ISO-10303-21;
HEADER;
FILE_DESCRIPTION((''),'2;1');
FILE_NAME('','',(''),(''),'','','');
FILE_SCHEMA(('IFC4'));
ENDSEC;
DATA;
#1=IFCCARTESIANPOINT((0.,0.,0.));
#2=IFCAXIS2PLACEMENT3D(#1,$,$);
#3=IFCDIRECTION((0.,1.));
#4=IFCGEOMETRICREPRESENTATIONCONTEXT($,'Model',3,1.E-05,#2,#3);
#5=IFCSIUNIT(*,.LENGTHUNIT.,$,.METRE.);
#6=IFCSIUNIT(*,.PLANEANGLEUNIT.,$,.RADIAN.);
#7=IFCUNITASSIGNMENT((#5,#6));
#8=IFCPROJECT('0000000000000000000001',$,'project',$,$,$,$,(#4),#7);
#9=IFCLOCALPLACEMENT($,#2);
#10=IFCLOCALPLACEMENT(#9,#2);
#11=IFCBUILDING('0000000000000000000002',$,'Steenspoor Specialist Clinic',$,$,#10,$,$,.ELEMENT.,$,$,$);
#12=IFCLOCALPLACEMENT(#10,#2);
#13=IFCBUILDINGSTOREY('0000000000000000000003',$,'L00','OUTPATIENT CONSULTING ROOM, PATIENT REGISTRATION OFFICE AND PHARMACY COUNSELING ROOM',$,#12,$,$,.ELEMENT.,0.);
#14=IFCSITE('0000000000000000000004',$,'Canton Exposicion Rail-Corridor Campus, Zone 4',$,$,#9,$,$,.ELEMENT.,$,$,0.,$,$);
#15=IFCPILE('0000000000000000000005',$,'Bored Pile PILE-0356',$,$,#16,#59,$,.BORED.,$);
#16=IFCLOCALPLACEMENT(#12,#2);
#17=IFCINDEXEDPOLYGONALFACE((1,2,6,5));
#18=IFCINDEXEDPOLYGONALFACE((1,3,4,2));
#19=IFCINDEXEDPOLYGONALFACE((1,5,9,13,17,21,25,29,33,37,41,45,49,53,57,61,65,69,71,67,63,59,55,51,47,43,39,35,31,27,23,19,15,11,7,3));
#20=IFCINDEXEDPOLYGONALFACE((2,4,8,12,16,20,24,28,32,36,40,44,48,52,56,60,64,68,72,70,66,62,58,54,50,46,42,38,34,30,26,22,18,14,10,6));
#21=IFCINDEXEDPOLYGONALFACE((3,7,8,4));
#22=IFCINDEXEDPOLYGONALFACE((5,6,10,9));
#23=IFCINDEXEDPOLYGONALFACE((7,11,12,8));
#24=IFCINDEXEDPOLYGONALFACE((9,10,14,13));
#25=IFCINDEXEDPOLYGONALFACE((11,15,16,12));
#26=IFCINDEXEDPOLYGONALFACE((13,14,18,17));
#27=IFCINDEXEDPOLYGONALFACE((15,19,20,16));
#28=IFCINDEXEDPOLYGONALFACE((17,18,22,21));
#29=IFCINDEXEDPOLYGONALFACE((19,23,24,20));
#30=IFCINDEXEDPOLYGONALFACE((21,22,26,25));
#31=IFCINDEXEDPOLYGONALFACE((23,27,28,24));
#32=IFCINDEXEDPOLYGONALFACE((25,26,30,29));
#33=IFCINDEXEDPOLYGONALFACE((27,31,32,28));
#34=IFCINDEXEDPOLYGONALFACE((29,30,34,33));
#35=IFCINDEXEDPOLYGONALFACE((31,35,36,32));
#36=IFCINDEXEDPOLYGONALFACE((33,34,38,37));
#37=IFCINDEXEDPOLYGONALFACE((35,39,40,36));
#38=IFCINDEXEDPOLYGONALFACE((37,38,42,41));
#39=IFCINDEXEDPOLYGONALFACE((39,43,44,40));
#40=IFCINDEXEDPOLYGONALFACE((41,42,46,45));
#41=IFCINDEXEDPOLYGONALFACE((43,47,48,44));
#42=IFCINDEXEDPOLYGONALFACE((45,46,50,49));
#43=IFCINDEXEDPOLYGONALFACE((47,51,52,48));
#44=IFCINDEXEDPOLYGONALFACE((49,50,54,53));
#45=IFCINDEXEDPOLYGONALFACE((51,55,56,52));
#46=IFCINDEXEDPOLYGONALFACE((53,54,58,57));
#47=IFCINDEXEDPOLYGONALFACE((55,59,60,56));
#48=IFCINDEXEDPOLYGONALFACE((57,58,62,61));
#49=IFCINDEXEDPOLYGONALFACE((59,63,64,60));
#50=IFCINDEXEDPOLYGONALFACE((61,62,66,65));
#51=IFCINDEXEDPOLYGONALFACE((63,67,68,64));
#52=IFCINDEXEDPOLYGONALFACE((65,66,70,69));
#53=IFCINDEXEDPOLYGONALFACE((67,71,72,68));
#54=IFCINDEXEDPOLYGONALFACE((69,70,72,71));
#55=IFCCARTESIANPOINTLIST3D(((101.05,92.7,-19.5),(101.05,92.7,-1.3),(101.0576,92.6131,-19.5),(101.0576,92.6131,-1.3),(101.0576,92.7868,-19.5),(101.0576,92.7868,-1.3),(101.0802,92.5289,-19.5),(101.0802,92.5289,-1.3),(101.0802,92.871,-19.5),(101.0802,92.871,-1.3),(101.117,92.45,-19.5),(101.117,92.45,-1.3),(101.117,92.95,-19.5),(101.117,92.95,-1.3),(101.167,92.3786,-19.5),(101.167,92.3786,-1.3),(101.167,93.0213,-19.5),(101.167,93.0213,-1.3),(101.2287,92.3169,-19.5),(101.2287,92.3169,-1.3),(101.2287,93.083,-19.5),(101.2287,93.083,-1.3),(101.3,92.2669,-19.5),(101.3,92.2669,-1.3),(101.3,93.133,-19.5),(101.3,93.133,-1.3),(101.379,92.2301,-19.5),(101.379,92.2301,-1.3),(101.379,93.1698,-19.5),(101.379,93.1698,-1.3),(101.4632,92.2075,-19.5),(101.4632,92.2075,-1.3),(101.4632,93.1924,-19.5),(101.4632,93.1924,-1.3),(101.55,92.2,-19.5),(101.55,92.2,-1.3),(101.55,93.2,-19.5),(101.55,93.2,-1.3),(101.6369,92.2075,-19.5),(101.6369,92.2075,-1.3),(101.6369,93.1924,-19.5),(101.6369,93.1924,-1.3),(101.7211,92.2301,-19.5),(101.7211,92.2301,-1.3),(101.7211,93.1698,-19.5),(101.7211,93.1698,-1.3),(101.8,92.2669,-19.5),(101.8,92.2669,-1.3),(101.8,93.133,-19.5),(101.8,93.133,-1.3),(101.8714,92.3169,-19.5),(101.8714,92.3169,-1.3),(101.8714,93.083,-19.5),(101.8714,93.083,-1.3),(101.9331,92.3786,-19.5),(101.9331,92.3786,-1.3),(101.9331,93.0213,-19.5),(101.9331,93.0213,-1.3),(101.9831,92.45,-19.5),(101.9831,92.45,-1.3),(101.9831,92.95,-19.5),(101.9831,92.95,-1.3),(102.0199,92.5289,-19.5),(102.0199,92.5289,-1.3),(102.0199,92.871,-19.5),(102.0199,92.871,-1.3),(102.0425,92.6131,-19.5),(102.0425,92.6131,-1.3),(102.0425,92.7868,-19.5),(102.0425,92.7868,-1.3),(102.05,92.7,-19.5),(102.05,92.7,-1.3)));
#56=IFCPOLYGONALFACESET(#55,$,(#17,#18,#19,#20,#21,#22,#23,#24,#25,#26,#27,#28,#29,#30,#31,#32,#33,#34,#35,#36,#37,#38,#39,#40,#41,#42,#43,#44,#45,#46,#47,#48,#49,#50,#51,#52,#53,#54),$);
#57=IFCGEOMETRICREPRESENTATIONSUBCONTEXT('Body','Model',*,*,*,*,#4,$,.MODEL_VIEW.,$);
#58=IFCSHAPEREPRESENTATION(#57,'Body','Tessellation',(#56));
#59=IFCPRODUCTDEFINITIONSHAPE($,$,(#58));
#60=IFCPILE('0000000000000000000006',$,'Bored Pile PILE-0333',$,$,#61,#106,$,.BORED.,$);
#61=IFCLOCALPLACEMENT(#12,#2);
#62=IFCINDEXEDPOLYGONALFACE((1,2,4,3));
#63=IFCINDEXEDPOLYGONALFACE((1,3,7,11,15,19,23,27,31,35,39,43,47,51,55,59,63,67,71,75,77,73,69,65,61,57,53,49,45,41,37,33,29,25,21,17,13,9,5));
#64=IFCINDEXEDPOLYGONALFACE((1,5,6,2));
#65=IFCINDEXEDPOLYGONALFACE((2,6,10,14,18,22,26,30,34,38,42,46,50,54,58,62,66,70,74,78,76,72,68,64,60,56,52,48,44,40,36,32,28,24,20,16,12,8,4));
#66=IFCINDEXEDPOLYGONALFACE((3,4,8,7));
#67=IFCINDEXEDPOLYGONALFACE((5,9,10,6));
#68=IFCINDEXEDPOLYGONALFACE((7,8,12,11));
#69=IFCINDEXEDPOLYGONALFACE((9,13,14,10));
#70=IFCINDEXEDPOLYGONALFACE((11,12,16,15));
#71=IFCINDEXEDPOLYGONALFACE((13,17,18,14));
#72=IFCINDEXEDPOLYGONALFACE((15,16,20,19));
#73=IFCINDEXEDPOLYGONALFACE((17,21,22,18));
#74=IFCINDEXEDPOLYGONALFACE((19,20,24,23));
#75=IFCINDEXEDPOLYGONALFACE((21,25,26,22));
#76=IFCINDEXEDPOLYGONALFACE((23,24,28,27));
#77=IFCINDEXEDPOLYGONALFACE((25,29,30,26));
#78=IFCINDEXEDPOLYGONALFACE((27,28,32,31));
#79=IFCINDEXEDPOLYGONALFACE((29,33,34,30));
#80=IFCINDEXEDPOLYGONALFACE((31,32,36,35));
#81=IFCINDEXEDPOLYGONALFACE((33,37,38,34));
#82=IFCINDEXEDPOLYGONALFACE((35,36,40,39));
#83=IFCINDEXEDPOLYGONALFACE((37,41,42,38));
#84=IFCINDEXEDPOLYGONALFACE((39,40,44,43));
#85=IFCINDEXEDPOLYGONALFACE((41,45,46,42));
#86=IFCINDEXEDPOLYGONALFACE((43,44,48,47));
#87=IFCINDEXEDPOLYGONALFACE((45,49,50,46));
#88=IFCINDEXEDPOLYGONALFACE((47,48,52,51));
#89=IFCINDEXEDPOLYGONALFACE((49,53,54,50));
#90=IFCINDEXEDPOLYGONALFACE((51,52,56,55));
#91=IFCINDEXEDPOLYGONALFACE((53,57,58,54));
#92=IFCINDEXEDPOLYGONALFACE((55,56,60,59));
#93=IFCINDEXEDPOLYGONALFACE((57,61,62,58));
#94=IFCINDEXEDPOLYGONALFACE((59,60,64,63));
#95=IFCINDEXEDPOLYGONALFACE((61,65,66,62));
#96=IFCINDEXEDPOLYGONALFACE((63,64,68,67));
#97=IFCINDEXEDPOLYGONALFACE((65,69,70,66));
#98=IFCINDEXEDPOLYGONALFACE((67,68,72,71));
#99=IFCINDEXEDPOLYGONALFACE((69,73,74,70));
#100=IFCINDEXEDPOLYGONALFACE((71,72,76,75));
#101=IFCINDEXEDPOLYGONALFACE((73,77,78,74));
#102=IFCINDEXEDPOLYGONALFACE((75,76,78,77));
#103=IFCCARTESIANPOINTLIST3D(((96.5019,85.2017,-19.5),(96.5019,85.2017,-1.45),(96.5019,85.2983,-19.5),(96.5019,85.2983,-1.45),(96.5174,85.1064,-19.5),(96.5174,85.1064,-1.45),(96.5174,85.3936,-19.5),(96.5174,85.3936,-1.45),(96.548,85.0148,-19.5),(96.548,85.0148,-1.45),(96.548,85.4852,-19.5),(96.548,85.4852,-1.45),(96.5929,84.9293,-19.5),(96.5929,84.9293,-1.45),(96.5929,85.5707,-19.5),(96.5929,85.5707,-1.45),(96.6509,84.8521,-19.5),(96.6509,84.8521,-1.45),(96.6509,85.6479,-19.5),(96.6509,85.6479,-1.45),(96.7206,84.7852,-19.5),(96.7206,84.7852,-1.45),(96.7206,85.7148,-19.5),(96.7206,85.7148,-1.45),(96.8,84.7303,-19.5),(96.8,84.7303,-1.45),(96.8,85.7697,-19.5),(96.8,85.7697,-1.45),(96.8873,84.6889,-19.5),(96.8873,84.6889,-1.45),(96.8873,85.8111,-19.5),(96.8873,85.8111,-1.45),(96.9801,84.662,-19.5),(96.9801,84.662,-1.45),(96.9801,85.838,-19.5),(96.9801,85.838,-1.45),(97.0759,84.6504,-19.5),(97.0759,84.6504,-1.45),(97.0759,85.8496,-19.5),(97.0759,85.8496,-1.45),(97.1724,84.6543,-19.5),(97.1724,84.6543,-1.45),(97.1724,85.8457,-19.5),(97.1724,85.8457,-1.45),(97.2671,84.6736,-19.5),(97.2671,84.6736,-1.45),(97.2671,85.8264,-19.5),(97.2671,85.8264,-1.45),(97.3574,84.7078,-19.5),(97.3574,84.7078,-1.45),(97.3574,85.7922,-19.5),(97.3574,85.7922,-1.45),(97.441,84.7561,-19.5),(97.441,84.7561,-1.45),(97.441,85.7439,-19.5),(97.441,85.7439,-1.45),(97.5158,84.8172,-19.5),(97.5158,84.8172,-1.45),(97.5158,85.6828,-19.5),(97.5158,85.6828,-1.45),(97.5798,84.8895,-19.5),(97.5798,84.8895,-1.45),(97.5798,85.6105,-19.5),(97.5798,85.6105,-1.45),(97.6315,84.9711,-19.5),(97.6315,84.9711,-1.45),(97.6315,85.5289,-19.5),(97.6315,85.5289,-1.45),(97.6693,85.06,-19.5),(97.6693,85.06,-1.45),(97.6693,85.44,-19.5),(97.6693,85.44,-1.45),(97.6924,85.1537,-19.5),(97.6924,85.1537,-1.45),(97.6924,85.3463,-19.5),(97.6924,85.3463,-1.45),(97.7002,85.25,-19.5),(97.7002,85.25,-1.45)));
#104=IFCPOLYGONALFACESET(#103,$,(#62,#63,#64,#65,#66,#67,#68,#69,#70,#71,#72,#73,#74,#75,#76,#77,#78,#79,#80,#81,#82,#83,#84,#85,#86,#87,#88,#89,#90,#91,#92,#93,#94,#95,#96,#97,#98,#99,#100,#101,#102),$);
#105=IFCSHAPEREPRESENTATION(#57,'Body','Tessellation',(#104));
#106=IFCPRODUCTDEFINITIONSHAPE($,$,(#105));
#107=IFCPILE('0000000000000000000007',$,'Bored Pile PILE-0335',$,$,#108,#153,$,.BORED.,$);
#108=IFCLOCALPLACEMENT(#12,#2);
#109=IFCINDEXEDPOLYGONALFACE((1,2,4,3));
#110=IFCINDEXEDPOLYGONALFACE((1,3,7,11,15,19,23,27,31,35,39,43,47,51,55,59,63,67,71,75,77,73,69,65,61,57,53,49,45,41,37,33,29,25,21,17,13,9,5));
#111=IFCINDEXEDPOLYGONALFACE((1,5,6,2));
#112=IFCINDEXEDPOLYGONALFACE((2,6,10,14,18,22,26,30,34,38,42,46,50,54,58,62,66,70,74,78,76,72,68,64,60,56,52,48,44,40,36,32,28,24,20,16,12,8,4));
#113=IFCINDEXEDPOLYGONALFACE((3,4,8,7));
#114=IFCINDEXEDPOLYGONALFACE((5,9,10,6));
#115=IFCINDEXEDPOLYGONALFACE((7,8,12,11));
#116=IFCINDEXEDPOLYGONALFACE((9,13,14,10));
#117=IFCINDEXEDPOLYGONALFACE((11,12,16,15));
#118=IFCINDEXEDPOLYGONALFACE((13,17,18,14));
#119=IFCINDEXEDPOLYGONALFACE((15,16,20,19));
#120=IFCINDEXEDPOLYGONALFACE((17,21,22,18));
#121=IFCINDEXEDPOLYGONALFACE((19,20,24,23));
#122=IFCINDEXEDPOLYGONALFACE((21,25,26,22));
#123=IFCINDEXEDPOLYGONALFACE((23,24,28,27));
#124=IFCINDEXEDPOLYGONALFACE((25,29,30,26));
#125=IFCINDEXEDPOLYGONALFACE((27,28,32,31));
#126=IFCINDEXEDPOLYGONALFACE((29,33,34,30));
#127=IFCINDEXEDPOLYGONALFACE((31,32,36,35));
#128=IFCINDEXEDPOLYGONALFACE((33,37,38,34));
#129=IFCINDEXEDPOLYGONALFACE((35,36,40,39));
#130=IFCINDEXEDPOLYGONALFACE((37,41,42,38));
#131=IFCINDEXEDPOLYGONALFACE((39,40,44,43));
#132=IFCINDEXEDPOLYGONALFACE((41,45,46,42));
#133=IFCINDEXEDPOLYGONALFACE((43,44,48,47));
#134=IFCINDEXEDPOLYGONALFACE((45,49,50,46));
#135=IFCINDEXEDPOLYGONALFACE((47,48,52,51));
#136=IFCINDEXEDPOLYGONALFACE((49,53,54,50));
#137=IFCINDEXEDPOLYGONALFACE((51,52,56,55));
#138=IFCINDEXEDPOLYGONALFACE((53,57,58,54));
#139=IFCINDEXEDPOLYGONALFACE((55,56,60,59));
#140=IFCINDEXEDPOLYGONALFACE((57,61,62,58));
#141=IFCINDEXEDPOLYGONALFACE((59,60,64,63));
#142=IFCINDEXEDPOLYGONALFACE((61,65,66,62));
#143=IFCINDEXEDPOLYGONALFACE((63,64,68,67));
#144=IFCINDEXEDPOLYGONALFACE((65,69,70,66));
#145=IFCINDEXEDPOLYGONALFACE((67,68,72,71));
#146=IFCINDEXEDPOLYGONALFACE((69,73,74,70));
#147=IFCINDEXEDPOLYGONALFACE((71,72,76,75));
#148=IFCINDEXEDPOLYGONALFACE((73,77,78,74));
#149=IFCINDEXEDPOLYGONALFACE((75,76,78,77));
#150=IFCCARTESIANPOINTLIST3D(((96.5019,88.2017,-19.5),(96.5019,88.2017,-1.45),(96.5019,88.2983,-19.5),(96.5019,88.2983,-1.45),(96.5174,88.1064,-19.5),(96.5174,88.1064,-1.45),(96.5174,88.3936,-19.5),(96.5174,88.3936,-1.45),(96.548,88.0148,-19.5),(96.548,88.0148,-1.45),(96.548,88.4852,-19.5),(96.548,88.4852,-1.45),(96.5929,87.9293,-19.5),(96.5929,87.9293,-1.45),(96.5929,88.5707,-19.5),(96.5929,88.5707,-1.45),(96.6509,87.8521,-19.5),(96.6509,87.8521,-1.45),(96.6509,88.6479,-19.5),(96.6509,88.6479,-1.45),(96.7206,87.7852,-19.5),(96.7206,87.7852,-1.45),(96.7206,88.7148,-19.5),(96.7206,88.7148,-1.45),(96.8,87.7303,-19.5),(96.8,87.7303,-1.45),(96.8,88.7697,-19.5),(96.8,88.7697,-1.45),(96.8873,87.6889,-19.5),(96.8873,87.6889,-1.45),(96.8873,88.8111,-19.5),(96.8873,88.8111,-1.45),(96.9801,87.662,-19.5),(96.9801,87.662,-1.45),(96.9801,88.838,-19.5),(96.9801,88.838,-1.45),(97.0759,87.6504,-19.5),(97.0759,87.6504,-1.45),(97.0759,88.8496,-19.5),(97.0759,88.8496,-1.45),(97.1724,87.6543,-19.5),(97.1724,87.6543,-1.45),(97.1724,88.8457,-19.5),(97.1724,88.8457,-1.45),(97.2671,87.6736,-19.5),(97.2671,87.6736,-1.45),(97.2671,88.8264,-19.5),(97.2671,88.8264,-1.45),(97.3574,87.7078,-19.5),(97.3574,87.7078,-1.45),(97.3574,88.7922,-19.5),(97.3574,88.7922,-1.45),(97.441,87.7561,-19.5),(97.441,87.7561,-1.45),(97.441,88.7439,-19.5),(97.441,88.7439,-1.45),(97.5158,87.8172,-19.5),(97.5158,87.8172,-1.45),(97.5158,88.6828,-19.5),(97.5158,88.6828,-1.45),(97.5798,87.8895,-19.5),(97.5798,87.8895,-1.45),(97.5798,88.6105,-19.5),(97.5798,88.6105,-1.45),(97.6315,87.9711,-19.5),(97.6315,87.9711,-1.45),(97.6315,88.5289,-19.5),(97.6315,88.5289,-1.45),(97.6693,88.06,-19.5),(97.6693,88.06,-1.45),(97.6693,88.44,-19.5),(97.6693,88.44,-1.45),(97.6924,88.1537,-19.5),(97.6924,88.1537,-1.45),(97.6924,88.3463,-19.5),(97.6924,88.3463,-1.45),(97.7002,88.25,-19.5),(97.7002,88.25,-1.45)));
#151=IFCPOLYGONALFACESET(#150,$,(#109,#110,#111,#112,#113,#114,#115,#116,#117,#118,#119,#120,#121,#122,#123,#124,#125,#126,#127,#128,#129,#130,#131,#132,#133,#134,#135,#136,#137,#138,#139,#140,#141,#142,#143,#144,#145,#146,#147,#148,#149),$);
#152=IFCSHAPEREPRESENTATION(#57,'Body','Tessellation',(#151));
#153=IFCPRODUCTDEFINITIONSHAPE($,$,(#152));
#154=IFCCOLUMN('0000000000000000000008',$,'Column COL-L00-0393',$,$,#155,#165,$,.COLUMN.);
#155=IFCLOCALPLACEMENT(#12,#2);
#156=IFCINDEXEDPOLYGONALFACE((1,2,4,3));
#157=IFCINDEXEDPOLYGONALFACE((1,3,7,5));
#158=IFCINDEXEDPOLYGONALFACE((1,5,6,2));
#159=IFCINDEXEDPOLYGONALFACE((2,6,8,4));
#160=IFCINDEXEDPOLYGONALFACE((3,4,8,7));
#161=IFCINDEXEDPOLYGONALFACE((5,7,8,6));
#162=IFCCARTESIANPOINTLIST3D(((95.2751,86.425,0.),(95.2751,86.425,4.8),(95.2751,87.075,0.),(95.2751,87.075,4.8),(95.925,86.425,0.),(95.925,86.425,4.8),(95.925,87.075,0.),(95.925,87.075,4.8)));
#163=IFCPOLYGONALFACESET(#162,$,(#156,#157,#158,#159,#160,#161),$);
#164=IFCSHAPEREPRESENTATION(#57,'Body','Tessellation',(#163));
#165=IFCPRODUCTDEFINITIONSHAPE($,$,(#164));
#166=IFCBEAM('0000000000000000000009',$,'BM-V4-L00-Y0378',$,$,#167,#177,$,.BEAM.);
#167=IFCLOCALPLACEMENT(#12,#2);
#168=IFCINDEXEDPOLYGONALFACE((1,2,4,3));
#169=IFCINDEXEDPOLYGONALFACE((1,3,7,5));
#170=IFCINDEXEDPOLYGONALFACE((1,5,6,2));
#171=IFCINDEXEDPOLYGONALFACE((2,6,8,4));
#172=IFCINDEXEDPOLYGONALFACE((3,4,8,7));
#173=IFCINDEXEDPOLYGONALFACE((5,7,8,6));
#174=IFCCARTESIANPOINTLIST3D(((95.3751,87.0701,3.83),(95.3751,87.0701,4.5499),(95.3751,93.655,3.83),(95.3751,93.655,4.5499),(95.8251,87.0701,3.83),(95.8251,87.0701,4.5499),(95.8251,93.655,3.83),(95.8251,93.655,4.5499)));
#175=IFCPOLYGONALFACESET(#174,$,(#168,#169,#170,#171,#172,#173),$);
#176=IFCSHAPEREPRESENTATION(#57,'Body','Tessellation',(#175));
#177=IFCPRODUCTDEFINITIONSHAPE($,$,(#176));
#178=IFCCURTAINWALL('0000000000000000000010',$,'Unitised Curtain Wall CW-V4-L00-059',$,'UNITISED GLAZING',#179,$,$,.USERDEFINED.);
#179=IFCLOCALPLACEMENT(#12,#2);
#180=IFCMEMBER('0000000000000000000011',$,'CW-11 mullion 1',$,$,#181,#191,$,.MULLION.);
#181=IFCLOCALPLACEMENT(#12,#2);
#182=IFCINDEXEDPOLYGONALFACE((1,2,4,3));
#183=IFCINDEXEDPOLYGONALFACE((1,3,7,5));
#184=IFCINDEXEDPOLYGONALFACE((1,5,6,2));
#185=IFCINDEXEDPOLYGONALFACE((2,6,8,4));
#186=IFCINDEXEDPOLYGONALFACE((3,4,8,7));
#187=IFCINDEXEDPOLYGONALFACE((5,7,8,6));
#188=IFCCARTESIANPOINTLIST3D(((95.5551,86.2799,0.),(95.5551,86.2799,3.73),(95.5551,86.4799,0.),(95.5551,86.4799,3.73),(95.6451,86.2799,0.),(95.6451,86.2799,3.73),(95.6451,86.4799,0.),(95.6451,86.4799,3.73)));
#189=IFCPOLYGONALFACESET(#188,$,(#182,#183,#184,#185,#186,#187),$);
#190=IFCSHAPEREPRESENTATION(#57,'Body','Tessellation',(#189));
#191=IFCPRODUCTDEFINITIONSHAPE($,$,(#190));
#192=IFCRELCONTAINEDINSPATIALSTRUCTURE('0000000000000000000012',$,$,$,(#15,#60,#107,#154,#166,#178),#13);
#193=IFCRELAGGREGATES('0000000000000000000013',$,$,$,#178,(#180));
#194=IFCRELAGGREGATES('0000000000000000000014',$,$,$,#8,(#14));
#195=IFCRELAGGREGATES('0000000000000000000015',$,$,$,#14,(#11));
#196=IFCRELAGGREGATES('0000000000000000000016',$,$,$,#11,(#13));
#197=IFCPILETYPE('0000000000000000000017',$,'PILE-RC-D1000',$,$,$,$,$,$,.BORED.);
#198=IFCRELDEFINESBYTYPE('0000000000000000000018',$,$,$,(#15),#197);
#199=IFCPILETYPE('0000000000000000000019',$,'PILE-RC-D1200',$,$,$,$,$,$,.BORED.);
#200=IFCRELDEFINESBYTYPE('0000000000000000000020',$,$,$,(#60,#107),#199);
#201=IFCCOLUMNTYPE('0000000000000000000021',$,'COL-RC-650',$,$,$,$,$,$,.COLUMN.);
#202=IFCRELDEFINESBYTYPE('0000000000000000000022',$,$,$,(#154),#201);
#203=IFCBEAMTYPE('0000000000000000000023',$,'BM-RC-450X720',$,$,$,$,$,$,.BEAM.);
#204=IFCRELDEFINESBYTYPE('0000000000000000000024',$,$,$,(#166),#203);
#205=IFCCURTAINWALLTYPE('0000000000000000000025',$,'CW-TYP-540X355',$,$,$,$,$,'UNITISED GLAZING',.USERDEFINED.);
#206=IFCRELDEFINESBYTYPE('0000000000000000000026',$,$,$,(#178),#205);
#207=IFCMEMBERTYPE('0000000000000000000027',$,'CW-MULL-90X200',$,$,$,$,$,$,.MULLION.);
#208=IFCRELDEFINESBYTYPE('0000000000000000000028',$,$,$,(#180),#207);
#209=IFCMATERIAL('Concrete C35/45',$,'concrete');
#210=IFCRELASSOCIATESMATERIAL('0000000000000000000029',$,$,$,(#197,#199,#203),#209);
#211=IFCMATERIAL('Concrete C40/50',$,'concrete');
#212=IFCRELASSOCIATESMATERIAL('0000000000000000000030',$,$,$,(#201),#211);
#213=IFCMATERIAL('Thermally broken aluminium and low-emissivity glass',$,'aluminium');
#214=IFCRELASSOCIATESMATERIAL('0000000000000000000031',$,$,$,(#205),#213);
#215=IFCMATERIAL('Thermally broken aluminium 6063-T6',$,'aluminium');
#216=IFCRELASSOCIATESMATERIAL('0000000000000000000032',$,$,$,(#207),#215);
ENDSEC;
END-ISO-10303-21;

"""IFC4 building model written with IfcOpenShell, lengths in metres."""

from ifc_helpers import new_model, si_unit, direction, frame, origin, origin_2d, place, context, subcontext, project, spatial, rectangle, circle, extrude, material, material_profile, profile_set, type_object, element, aggregate, save


model = new_model("IFC4")

# Units and contexts
model_context = context("Model", 3, precision=1e-05, world=origin(), true_north=direction((0.0, 1.0)))
body_context = subcontext(model_context, "Body", "Model", "MODEL_VIEW")
ifc_project = project(units=[si_unit("LENGTHUNIT", "METRE"), si_unit("PLANEANGLEUNIT", "RADIAN")], contexts=[model_context])

# Site, building, storey
site_placement = place(None, origin())
site = spatial("IfcSite", under=ifc_project, at=site_placement, Name="Canton Exposicion Rail-Corridor Campus, Zone 4", CompositionType="ELEMENT", RefElevation=0.0)
building_placement = place(site_placement, origin())
building = spatial("IfcBuilding", under=site, at=building_placement, Name="Steenspoor Specialist Clinic", CompositionType="ELEMENT")
storey_placement = place(building_placement, origin())
storey = spatial("IfcBuildingStorey", under=building, at=storey_placement, Name="L00", Description="OUTPATIENT CONSULTING ROOM, PATIENT REGISTRATION OFFICE AND PHARMACY COUNSELING ROOM", CompositionType="ELEMENT", Elevation=0.0)

# Shared definitions
ifc_material_1 = material(Name="Concrete C35/45", Category="concrete")

# Piles
ifc_material_profile_1 = material_profile(ifc_material_1, circle(Radius=0.5, at=origin_2d()), Name="PILE-D1000")
ifc_profile_set_1 = profile_set([ifc_material_profile_1], Name="Concrete C35/45")
pile_type_1 = type_object("IfcPileType", Name="PILE-RC-D1000", PredefinedType="BORED", material=ifc_profile_set_1)
pile_1_placement = place(storey_placement, frame((101.55, 92.7, -1.3), z_axis=(0.0, 0.0, -1.0), x_axis=(1.0, 0.0, 0.0)))
element("IfcPile", 1, at=pile_1_placement, inside=storey, type_object=pile_type_1, Name="Bored Pile PILE-0356", PredefinedType="BORED", context=body_context, shape_type="SweptSolid", body=[
    extrude(circle(Radius=0.5, at=origin_2d()), origin(), (0.0, 0.0, 1.0), 18.2),
])
ifc_material_profile_2 = material_profile(ifc_material_1, circle(Radius=0.6001, at=origin_2d()), Name="PILE-D1200")
ifc_profile_set_2 = profile_set([ifc_material_profile_2], Name="Concrete C35/45")
pile_type_2 = type_object("IfcPileType", Name="PILE-RC-D1200", PredefinedType="BORED", material=ifc_profile_set_2)
for number, where, z_axis, x_axis, name in (
    (2, (97.1001, 85.25, -1.45), (0.0, 0.0, -1.0), (1.0, 0.0, 0.0), "Bored Pile PILE-0333"),
    (3, (97.1001, 88.25, -1.45), (0.0, 0.0, -1.0), (1.0, 0.0, 0.0), "Bored Pile PILE-0335"),
):
    element("IfcPile", number, at=place(storey_placement, frame(where, z_axis=z_axis, x_axis=x_axis)), inside=storey, type_object=pile_type_2, Name=name, PredefinedType="BORED", context=body_context, shape_type="SweptSolid", body=[
        extrude(circle(Radius=0.6001, at=origin_2d()), origin(), (0.0, 0.0, 1.0), 18.05),
    ])

# Column
ifc_material_2 = material(Name="Concrete C40/50", Category="concrete")
ifc_material_profile_3 = material_profile(ifc_material_2, rectangle(XDim=0.6499, YDim=0.6499, at=origin_2d()), Name="RC-COL-650X650")
ifc_profile_set_3 = profile_set([ifc_material_profile_3], Name="Concrete C40/50")
column_type = type_object("IfcColumnType", Name="COL-RC-650", PredefinedType="COLUMN", material=ifc_profile_set_3)
column_placement = place(storey_placement, frame((95.6001, 86.75, 0.0), z_axis=(0.0, 0.0, 1.0), x_axis=(1.0, 0.0, 0.0)))
element("IfcColumn", 4, at=column_placement, inside=storey, type_object=column_type, Name="Column COL-L00-0393", PredefinedType="COLUMN", context=body_context, shape_type="SweptSolid", body=[
    extrude(rectangle(XDim=0.6499, YDim=0.6499, at=origin_2d()), origin(), (0.0, 0.0, 1.0), 4.8),
])

# Beam
ifc_material_profile_4 = material_profile(ifc_material_1, rectangle(XDim=0.45, YDim=0.72, at=origin_2d()), Name="RC-BM-450X720")
ifc_profile_set_4 = profile_set([ifc_material_profile_4], Name="Concrete C35/45")
beam_type = type_object("IfcBeamType", Name="BM-RC-450X720", PredefinedType="BEAM", material=ifc_profile_set_4)
beam_placement = place(storey_placement, frame((95.6001, 87.0701, 4.1899), z_axis=(0.0, 1.0, 0.0), x_axis=(-1.0, 0.0, 0.0)))
element("IfcBeam", 5, at=beam_placement, inside=storey, type_object=beam_type, Name="BM-V4-L00-Y0378", PredefinedType="BEAM", context=body_context, shape_type="SweptSolid", body=[
    extrude(rectangle(XDim=0.45, YDim=0.72, at=origin_2d()), origin(), (0.0, 0.0, 1.0), 6.585),
])

# Curtain wall, member
ifc_material_3 = material(Name="Thermally broken aluminium and low-emissivity glass", Category="aluminium")
curtain_wall_type_1 = type_object("IfcCurtainWallType", Name="CW-TYP-540X355", ElementType="UNITISED GLAZING", PredefinedType="USERDEFINED", material=ifc_material_3)
curtain_wall_1_placement = place(storey_placement, origin())
curtain_wall_1 = element("IfcCurtainWall", 6, at=curtain_wall_1_placement, inside=storey, type_object=curtain_wall_type_1, Name="Unitised Curtain Wall CW-V4-L00-059", ObjectType="UNITISED GLAZING", PredefinedType="USERDEFINED")
ifc_material_4 = material(Name="Thermally broken aluminium 6063-T6", Category="aluminium")
ifc_material_profile_5 = material_profile(ifc_material_4, rectangle(XDim=0.0901, YDim=0.2, at=origin_2d()), Name="CWM-90X200")
ifc_profile_set_5 = profile_set([ifc_material_profile_5], Name="Thermally broken aluminium 6063-T6")
member_type_1 = type_object("IfcMemberType", Name="CW-MULL-90X200", PredefinedType="MULLION", material=ifc_profile_set_5)
member_1_placement = place(storey_placement, frame((95.6001, 86.3799, 0.0), z_axis=(0.0, 0.0, 1.0), x_axis=(1.0, 0.0, 0.0)))
member_1 = element("IfcMember", 7, at=member_1_placement, type_object=member_type_1, Name="CW-11 mullion 1", PredefinedType="MULLION", context=body_context, shape_type="SweptSolid", body=[
    extrude(rectangle(XDim=0.0901, YDim=0.2, at=origin_2d()), origin(), (0.0, 0.0, 1.0), 3.73),
])

aggregate(curtain_wall_1, [member_1])

save(model, "model.ifc")
